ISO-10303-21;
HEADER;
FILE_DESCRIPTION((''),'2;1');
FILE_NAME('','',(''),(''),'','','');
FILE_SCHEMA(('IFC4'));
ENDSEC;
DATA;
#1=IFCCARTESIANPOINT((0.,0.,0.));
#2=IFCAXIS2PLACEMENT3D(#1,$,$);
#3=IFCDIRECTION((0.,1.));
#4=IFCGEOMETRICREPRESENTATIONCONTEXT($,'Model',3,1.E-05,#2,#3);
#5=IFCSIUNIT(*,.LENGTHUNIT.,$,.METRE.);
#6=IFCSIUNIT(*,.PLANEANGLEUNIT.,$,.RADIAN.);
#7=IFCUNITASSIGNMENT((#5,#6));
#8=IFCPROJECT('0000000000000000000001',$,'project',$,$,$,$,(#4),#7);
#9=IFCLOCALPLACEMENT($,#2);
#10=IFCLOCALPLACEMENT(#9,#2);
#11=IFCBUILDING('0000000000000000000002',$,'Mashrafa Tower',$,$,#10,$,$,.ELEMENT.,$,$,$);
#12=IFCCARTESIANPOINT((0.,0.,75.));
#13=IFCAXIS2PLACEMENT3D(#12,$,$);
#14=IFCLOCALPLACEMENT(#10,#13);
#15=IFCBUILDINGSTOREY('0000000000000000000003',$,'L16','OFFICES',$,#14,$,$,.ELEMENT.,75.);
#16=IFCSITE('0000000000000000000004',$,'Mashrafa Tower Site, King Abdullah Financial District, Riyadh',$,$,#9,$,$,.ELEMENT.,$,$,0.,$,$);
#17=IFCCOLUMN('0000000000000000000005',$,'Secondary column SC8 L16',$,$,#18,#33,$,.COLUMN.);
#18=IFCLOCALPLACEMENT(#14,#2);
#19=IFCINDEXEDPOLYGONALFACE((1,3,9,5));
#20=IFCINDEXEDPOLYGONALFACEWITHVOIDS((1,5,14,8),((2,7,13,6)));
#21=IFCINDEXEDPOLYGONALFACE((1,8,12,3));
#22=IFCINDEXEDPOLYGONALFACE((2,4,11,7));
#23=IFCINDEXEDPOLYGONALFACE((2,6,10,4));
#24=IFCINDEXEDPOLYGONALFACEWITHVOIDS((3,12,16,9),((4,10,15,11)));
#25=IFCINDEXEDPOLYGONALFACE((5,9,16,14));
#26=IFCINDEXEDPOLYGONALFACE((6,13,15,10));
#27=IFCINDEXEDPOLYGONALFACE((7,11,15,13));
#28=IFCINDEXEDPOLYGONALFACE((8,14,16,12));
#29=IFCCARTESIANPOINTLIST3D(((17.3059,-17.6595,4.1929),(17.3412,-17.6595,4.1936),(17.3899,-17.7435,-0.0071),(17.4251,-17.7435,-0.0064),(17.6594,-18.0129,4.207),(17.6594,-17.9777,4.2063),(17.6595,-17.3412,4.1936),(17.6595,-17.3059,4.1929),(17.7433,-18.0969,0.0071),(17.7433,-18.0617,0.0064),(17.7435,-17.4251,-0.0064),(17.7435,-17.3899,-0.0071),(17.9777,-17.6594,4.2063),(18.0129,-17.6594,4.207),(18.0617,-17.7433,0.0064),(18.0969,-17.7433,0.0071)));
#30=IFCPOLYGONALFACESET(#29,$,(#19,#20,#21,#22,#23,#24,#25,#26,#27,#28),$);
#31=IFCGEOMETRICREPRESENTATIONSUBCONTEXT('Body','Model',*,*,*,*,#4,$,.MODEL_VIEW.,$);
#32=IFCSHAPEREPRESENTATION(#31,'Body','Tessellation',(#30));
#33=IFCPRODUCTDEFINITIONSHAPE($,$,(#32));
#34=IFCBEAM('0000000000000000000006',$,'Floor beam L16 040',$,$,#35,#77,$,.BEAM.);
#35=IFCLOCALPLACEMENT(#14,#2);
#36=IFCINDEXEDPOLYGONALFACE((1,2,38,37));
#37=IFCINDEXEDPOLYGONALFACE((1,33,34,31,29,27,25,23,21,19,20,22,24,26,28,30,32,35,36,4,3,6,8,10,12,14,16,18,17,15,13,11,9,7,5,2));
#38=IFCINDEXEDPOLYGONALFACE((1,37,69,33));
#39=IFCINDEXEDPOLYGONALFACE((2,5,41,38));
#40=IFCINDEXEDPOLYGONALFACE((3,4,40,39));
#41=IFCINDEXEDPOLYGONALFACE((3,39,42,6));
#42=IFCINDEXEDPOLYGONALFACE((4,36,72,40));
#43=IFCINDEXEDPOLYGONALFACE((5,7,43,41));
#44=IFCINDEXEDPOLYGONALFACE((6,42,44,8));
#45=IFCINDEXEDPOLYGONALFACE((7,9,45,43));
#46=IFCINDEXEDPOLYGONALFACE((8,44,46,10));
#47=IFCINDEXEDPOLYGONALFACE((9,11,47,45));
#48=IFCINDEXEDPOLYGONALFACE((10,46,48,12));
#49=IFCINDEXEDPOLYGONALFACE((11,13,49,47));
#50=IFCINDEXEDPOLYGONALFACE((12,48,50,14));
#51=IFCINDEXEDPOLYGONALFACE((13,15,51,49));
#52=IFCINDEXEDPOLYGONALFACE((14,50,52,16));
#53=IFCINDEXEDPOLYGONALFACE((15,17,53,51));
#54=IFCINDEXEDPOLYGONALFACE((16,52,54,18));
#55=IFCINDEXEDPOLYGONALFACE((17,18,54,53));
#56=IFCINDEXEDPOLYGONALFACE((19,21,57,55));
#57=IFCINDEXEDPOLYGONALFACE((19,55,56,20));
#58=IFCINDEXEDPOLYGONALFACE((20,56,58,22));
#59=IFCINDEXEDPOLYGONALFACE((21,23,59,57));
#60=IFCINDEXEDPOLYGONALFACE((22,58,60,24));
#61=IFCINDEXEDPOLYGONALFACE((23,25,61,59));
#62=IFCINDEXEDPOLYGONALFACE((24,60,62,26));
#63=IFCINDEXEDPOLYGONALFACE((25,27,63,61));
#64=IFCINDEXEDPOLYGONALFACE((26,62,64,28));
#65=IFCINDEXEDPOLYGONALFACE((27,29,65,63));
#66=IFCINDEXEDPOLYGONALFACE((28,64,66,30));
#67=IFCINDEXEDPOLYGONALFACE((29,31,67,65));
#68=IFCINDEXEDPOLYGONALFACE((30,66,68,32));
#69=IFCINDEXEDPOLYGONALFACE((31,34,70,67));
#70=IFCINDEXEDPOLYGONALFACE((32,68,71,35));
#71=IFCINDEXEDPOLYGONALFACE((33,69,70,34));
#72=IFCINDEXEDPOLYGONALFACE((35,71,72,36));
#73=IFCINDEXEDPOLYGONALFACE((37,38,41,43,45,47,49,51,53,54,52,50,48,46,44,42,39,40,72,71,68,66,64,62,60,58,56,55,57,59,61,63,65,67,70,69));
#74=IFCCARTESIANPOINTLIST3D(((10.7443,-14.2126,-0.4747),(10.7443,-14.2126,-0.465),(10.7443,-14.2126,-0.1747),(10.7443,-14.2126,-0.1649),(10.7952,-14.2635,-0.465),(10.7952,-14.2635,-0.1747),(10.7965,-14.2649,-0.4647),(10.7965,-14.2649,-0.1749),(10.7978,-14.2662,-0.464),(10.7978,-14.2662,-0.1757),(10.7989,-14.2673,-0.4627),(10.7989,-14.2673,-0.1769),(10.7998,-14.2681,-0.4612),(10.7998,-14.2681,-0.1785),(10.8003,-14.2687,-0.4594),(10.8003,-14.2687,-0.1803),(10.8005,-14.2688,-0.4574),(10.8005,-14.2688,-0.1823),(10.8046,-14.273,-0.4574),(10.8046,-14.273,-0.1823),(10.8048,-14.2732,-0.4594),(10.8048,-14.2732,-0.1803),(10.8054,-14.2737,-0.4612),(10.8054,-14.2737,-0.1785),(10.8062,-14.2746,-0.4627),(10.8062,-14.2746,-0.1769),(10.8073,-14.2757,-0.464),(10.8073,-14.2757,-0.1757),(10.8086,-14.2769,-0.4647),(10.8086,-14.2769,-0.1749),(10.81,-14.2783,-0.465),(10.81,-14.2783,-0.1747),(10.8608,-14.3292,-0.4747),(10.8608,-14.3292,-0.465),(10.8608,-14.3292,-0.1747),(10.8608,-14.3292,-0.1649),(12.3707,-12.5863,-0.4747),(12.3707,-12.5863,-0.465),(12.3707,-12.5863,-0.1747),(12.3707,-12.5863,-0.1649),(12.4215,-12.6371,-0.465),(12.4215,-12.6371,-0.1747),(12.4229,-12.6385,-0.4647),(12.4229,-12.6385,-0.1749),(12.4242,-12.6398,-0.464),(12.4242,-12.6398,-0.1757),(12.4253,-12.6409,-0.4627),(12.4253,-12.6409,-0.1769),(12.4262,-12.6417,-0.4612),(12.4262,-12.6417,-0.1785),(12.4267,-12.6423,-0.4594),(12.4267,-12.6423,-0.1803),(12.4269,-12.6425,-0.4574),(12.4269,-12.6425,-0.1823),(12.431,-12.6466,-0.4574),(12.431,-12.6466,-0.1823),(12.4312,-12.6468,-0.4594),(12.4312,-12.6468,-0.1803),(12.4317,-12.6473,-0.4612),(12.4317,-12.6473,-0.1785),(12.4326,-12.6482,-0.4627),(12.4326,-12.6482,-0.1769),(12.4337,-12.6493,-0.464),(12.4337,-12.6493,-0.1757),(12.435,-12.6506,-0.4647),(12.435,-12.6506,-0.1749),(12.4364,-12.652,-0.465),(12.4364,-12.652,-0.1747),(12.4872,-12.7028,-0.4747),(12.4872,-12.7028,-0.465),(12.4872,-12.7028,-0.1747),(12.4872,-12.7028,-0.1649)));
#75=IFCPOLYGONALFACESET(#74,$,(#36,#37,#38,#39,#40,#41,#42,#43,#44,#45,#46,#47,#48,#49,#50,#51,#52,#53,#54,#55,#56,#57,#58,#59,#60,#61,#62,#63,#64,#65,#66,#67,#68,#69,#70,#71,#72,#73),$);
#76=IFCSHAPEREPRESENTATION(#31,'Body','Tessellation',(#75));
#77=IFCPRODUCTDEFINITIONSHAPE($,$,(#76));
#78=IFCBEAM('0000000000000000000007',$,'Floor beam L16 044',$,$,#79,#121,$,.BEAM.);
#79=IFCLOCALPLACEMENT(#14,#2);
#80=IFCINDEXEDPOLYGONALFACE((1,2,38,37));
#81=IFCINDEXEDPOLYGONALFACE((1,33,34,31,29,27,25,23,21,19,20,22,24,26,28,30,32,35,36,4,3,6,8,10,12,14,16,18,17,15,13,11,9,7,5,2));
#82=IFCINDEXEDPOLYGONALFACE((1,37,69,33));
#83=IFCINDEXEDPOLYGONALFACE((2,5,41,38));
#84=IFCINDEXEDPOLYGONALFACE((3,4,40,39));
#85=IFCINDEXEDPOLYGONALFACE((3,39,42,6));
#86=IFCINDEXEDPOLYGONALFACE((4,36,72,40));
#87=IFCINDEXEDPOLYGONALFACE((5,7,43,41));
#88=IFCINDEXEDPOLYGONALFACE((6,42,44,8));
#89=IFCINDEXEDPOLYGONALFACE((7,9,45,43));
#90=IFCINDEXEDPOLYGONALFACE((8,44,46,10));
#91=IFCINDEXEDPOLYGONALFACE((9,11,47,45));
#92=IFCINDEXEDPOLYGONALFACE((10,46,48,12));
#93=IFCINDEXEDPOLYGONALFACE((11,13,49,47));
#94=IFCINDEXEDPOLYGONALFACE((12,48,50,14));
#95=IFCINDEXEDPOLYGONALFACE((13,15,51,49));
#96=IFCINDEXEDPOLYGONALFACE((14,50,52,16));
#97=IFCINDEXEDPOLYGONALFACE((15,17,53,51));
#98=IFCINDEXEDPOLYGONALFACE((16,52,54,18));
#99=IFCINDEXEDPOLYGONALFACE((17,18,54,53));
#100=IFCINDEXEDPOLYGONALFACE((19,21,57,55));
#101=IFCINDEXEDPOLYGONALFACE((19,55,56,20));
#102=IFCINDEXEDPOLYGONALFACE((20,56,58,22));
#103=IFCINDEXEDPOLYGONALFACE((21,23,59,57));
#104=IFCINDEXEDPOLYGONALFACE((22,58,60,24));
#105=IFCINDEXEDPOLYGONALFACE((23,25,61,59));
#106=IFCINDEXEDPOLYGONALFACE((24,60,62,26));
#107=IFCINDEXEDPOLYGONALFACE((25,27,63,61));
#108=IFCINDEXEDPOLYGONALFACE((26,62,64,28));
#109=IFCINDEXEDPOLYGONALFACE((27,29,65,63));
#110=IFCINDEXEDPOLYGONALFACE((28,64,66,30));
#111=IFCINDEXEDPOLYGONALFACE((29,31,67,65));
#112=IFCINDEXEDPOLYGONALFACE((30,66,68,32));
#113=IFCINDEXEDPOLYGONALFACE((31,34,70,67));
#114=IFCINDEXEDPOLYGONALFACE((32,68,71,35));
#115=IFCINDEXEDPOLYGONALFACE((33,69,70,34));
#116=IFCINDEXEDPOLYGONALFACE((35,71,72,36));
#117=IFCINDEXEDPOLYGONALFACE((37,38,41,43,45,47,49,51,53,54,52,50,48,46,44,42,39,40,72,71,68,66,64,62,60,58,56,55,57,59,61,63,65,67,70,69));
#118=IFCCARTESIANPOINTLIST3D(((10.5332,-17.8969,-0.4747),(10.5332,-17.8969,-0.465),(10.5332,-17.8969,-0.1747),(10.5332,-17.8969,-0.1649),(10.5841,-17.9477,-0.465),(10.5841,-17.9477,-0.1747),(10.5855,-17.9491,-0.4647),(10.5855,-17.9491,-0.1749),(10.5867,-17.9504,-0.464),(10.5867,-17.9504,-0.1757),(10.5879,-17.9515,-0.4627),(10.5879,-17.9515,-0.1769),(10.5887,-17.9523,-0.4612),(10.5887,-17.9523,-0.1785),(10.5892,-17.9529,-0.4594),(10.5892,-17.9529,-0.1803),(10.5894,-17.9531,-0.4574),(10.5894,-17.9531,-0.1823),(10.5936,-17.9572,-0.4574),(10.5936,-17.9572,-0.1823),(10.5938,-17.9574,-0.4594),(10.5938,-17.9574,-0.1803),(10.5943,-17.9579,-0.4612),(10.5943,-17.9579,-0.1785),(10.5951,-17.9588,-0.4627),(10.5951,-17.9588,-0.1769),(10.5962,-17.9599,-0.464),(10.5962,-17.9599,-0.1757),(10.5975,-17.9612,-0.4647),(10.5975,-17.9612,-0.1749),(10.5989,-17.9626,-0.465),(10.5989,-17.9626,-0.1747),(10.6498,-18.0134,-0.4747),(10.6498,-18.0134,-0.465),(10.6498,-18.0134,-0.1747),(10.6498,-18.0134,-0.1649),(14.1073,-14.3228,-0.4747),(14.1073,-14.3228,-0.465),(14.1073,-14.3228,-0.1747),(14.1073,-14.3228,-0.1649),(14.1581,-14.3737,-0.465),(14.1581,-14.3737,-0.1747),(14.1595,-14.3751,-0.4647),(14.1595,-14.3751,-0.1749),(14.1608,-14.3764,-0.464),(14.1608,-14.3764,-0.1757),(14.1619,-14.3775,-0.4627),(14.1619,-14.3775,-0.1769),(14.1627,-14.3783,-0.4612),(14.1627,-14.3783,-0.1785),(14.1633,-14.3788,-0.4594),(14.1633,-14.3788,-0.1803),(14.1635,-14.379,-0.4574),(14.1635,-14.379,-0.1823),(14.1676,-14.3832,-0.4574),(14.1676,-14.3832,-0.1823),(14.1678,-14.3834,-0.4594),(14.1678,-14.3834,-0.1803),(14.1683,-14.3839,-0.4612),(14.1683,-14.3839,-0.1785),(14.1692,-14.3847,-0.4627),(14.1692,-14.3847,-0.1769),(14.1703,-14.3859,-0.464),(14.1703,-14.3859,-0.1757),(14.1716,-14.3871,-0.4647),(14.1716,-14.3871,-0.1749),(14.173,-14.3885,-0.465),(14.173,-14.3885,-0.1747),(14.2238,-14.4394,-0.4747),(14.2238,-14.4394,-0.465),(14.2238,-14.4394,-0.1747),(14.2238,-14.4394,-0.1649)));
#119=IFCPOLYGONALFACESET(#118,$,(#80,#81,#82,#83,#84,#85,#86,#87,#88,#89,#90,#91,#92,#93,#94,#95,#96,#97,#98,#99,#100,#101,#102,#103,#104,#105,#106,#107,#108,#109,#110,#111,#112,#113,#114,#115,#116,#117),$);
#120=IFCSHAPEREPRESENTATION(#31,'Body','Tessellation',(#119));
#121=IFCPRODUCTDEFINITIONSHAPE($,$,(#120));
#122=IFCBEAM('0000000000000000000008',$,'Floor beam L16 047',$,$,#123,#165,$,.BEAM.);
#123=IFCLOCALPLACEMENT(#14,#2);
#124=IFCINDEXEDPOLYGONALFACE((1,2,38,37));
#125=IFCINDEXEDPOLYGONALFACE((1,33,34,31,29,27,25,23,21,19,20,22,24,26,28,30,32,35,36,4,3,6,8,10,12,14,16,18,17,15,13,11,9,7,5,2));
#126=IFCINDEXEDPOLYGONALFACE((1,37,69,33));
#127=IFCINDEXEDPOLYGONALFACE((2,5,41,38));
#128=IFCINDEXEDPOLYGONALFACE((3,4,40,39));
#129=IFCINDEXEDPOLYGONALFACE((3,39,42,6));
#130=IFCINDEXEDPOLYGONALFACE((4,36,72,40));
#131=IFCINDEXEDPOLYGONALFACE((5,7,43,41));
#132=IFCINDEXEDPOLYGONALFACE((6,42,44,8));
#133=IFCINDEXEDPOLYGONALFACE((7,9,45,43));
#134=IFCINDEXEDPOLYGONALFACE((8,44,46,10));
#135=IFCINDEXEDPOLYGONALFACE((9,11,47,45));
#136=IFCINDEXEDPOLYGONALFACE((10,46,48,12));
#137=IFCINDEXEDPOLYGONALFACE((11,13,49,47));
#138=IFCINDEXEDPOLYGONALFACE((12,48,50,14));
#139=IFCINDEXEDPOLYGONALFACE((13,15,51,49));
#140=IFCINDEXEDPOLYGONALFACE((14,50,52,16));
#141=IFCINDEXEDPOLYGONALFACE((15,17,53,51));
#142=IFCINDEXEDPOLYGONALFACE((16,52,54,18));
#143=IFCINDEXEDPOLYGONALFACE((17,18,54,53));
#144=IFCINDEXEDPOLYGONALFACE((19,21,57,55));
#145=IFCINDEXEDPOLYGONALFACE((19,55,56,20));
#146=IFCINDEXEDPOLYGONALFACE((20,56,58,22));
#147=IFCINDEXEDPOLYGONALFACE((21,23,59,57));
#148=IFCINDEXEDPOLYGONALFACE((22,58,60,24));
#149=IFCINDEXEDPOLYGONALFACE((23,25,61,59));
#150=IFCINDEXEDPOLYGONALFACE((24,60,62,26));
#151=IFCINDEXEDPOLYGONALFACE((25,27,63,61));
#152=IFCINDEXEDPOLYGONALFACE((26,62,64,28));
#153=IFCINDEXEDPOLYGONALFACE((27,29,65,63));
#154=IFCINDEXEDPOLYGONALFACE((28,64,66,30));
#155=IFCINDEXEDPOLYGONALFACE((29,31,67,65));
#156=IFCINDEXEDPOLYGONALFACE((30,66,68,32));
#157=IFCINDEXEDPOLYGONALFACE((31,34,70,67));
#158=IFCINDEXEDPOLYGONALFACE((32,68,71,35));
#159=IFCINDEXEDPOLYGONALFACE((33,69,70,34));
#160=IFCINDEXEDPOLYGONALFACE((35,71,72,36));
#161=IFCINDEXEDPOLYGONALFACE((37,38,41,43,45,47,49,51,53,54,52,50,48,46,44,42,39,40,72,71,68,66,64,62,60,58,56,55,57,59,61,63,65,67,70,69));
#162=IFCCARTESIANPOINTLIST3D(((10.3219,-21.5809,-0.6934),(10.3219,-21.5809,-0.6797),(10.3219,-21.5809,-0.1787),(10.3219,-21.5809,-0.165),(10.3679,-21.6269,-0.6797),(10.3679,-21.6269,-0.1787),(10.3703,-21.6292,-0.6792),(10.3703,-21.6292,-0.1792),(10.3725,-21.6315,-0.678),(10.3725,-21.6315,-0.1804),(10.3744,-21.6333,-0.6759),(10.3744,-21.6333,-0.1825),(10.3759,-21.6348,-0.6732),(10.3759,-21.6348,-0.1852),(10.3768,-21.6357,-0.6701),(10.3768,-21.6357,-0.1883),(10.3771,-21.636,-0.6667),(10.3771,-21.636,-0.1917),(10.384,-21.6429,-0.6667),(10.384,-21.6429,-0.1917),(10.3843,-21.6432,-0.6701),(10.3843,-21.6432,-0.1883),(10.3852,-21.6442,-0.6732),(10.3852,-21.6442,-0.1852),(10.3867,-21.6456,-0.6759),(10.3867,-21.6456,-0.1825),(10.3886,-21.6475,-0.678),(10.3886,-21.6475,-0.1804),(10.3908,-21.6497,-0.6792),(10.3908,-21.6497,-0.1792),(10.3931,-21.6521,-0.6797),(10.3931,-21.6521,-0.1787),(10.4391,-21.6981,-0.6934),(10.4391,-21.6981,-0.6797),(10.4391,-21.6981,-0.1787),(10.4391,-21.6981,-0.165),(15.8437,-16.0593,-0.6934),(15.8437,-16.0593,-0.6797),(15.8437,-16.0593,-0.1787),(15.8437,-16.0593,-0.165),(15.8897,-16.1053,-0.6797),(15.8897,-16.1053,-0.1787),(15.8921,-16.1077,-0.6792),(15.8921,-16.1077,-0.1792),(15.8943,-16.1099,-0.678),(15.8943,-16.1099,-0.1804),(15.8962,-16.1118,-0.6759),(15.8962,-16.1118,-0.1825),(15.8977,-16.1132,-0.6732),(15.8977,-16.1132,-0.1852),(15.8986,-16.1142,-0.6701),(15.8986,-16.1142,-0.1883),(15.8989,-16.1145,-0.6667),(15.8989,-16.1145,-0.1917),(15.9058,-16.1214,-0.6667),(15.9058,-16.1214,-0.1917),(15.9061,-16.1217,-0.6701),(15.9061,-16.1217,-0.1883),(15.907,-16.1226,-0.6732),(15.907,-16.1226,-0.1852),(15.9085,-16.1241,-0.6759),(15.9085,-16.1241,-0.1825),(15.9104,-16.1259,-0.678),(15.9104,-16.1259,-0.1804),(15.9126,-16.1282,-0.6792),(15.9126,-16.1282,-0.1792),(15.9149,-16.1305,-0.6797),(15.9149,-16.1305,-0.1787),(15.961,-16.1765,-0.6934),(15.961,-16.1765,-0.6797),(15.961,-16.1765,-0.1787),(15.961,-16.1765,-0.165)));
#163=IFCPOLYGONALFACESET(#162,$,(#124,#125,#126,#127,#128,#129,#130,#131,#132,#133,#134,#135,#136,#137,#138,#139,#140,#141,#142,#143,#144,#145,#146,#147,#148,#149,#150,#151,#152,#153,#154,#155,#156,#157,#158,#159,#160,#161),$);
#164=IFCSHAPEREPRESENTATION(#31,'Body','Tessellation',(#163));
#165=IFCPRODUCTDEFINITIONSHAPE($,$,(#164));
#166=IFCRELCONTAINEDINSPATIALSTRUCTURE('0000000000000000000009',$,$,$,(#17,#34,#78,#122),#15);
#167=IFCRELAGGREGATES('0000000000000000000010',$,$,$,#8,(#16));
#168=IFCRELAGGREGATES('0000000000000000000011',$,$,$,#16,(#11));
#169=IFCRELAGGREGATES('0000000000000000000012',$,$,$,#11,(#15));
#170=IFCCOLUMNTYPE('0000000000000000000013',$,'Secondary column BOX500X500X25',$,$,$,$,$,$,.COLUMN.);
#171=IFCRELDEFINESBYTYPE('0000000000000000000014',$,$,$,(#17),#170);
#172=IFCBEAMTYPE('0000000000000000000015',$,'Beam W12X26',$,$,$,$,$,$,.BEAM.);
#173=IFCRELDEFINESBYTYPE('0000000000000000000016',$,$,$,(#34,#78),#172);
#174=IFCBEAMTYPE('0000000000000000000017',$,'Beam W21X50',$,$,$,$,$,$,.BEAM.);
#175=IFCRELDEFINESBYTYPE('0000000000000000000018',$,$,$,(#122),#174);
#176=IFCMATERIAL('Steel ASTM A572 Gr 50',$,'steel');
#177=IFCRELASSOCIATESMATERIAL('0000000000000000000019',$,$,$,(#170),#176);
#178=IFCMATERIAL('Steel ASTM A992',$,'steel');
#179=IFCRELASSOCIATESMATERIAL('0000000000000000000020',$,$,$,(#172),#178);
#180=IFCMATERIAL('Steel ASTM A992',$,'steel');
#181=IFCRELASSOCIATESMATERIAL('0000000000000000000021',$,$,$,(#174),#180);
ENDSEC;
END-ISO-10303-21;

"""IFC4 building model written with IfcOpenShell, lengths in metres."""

from ifc_helpers import new_model, si_unit, direction, frame, origin, origin_2d, place, context, subcontext, project, spatial, hollow_rectangle, i_section, extrude, material, material_profile, profile_set, type_object, element, save


model = new_model("IFC4")

# Units and contexts
model_context = context("Model", 3, precision=1e-05, world=origin(), true_north=direction((0.0, 1.0)))
body_context = subcontext(model_context, "Body", "Model", "MODEL_VIEW")
ifc_project = project(units=[si_unit("LENGTHUNIT", "METRE"), si_unit("PLANEANGLEUNIT", "RADIAN")], contexts=[model_context])

# Site, building, storey
site_placement = place(None, origin())
site = spatial("IfcSite", under=ifc_project, at=site_placement, Name="Mashrafa Tower Site, King Abdullah Financial District, Riyadh", CompositionType="ELEMENT", RefElevation=0.0)
building_placement = place(site_placement, origin())
building = spatial("IfcBuilding", under=site, at=building_placement, Name="Mashrafa Tower", CompositionType="ELEMENT")
storey_placement = place(building_placement, frame((0.0, 0.0, 75.0)))
storey = spatial("IfcBuildingStorey", under=building, at=storey_placement, Name="L16", Description="OFFICES", CompositionType="ELEMENT", Elevation=75.0)

# Column
ifc_material_1 = material(Name="Steel ASTM A572 Gr 50", Category="steel")
ifc_material_profile_1 = material_profile(ifc_material_1, hollow_rectangle(XDim=0.5, YDim=0.5, WallThickness=0.0249, at=origin_2d()), Name="BOX500X500X25")
ifc_profile_set_1 = profile_set([ifc_material_profile_1], Name="Steel ASTM A572 Gr 50")
column_type = type_object("IfcColumnType", Name="Secondary column BOX500X500X25", PredefinedType="COLUMN", material=ifc_profile_set_1)
column_placement = place(storey_placement, frame((17.7434, -17.7434, 0.0), z_axis=(-0.019989, 0.019989, 0.9996), x_axis=(-0.707107, -0.707107, 0.0)))
element("IfcColumn", 1, at=column_placement, inside=storey, type_object=column_type, Name="Secondary column SC8 L16", PredefinedType="COLUMN", context=body_context, shape_type="SweptSolid", body=[
    extrude(hollow_rectangle(XDim=0.5, YDim=0.5, WallThickness=0.0249, at=origin_2d()), origin(), (0.0, 0.0, 1.0), 4.2017),
])

# Beams
ifc_material_2 = material(Name="Steel ASTM A992", Category="steel")
ifc_material_profile_2 = material_profile(ifc_material_2, i_section(OverallWidth=0.1648, OverallDepth=0.3098, WebThickness=0.0059, FlangeThickness=0.0098, FilletRadius=0.0076, at=origin_2d()), Name="W12X26")
ifc_profile_set_2 = profile_set([ifc_material_profile_2], Name="Steel ASTM A992")
beam_type_1 = type_object("IfcBeamType", Name="Beam W12X26", PredefinedType="BEAM", material=ifc_profile_set_2)
beam_1_placement = place(storey_placement, frame((12.429, -12.6445, -0.3198), z_axis=(-0.707107, -0.707107, 0.0), x_axis=(0.707107, -0.707107, 0.0)))
element("IfcBeam", 2, at=beam_1_placement, inside=storey, type_object=beam_type_1, Name="Floor beam L16 040", PredefinedType="BEAM", context=body_context, shape_type="SweptSolid", body=[
    extrude(i_section(OverallWidth=0.1648, OverallDepth=0.3098, WebThickness=0.0059, FlangeThickness=0.0098, FilletRadius=0.0076, at=origin_2d()), origin(), (0.0, 0.0, 1.0), 2.3),
])
beam_2_placement = place(storey_placement, frame((14.1655, -14.3811, -0.3198), z_axis=(-0.707107, -0.707107, 0.0), x_axis=(0.707107, -0.707107, 0.0)))
element("IfcBeam", 3, at=beam_2_placement, inside=storey, type_object=beam_type_1, Name="Floor beam L16 044", PredefinedType="BEAM", context=body_context, shape_type="SweptSolid", body=[
    extrude(i_section(OverallWidth=0.1648, OverallDepth=0.3098, WebThickness=0.0059, FlangeThickness=0.0098, FilletRadius=0.0076, at=origin_2d()), origin(), (0.0, 0.0, 1.0), 5.0544),
])
ifc_material_3 = material(Name="Steel ASTM A992", Category="steel")
ifc_material_profile_3 = material_profile(ifc_material_3, i_section(OverallWidth=0.1658, OverallDepth=0.5283, WebThickness=0.0098, FlangeThickness=0.0137, FilletRadius=0.0129, at=origin_2d()), Name="W21X50")
ifc_profile_set_3 = profile_set([ifc_material_profile_3], Name="Steel ASTM A992")
beam_type_2 = type_object("IfcBeamType", Name="Beam W21X50", PredefinedType="BEAM", material=ifc_profile_set_3)
beam_3_placement = place(storey_placement, frame((15.9023, -16.1179, -0.4292), z_axis=(-0.707122, -0.707091, 0.0), x_axis=(0.707091, -0.707122, 0.0)))
element("IfcBeam", 4, at=beam_3_placement, inside=storey, type_object=beam_type_2, Name="Floor beam L16 047", PredefinedType="BEAM", context=body_context, shape_type="SweptSolid", body=[
    extrude(i_section(OverallWidth=0.1658, OverallDepth=0.5283, WebThickness=0.0098, FlangeThickness=0.0137, FilletRadius=0.0129, at=origin_2d()), origin(), (0.0, 0.0, 1.0), 7.8088),
])

save(model, "model.ifc")
